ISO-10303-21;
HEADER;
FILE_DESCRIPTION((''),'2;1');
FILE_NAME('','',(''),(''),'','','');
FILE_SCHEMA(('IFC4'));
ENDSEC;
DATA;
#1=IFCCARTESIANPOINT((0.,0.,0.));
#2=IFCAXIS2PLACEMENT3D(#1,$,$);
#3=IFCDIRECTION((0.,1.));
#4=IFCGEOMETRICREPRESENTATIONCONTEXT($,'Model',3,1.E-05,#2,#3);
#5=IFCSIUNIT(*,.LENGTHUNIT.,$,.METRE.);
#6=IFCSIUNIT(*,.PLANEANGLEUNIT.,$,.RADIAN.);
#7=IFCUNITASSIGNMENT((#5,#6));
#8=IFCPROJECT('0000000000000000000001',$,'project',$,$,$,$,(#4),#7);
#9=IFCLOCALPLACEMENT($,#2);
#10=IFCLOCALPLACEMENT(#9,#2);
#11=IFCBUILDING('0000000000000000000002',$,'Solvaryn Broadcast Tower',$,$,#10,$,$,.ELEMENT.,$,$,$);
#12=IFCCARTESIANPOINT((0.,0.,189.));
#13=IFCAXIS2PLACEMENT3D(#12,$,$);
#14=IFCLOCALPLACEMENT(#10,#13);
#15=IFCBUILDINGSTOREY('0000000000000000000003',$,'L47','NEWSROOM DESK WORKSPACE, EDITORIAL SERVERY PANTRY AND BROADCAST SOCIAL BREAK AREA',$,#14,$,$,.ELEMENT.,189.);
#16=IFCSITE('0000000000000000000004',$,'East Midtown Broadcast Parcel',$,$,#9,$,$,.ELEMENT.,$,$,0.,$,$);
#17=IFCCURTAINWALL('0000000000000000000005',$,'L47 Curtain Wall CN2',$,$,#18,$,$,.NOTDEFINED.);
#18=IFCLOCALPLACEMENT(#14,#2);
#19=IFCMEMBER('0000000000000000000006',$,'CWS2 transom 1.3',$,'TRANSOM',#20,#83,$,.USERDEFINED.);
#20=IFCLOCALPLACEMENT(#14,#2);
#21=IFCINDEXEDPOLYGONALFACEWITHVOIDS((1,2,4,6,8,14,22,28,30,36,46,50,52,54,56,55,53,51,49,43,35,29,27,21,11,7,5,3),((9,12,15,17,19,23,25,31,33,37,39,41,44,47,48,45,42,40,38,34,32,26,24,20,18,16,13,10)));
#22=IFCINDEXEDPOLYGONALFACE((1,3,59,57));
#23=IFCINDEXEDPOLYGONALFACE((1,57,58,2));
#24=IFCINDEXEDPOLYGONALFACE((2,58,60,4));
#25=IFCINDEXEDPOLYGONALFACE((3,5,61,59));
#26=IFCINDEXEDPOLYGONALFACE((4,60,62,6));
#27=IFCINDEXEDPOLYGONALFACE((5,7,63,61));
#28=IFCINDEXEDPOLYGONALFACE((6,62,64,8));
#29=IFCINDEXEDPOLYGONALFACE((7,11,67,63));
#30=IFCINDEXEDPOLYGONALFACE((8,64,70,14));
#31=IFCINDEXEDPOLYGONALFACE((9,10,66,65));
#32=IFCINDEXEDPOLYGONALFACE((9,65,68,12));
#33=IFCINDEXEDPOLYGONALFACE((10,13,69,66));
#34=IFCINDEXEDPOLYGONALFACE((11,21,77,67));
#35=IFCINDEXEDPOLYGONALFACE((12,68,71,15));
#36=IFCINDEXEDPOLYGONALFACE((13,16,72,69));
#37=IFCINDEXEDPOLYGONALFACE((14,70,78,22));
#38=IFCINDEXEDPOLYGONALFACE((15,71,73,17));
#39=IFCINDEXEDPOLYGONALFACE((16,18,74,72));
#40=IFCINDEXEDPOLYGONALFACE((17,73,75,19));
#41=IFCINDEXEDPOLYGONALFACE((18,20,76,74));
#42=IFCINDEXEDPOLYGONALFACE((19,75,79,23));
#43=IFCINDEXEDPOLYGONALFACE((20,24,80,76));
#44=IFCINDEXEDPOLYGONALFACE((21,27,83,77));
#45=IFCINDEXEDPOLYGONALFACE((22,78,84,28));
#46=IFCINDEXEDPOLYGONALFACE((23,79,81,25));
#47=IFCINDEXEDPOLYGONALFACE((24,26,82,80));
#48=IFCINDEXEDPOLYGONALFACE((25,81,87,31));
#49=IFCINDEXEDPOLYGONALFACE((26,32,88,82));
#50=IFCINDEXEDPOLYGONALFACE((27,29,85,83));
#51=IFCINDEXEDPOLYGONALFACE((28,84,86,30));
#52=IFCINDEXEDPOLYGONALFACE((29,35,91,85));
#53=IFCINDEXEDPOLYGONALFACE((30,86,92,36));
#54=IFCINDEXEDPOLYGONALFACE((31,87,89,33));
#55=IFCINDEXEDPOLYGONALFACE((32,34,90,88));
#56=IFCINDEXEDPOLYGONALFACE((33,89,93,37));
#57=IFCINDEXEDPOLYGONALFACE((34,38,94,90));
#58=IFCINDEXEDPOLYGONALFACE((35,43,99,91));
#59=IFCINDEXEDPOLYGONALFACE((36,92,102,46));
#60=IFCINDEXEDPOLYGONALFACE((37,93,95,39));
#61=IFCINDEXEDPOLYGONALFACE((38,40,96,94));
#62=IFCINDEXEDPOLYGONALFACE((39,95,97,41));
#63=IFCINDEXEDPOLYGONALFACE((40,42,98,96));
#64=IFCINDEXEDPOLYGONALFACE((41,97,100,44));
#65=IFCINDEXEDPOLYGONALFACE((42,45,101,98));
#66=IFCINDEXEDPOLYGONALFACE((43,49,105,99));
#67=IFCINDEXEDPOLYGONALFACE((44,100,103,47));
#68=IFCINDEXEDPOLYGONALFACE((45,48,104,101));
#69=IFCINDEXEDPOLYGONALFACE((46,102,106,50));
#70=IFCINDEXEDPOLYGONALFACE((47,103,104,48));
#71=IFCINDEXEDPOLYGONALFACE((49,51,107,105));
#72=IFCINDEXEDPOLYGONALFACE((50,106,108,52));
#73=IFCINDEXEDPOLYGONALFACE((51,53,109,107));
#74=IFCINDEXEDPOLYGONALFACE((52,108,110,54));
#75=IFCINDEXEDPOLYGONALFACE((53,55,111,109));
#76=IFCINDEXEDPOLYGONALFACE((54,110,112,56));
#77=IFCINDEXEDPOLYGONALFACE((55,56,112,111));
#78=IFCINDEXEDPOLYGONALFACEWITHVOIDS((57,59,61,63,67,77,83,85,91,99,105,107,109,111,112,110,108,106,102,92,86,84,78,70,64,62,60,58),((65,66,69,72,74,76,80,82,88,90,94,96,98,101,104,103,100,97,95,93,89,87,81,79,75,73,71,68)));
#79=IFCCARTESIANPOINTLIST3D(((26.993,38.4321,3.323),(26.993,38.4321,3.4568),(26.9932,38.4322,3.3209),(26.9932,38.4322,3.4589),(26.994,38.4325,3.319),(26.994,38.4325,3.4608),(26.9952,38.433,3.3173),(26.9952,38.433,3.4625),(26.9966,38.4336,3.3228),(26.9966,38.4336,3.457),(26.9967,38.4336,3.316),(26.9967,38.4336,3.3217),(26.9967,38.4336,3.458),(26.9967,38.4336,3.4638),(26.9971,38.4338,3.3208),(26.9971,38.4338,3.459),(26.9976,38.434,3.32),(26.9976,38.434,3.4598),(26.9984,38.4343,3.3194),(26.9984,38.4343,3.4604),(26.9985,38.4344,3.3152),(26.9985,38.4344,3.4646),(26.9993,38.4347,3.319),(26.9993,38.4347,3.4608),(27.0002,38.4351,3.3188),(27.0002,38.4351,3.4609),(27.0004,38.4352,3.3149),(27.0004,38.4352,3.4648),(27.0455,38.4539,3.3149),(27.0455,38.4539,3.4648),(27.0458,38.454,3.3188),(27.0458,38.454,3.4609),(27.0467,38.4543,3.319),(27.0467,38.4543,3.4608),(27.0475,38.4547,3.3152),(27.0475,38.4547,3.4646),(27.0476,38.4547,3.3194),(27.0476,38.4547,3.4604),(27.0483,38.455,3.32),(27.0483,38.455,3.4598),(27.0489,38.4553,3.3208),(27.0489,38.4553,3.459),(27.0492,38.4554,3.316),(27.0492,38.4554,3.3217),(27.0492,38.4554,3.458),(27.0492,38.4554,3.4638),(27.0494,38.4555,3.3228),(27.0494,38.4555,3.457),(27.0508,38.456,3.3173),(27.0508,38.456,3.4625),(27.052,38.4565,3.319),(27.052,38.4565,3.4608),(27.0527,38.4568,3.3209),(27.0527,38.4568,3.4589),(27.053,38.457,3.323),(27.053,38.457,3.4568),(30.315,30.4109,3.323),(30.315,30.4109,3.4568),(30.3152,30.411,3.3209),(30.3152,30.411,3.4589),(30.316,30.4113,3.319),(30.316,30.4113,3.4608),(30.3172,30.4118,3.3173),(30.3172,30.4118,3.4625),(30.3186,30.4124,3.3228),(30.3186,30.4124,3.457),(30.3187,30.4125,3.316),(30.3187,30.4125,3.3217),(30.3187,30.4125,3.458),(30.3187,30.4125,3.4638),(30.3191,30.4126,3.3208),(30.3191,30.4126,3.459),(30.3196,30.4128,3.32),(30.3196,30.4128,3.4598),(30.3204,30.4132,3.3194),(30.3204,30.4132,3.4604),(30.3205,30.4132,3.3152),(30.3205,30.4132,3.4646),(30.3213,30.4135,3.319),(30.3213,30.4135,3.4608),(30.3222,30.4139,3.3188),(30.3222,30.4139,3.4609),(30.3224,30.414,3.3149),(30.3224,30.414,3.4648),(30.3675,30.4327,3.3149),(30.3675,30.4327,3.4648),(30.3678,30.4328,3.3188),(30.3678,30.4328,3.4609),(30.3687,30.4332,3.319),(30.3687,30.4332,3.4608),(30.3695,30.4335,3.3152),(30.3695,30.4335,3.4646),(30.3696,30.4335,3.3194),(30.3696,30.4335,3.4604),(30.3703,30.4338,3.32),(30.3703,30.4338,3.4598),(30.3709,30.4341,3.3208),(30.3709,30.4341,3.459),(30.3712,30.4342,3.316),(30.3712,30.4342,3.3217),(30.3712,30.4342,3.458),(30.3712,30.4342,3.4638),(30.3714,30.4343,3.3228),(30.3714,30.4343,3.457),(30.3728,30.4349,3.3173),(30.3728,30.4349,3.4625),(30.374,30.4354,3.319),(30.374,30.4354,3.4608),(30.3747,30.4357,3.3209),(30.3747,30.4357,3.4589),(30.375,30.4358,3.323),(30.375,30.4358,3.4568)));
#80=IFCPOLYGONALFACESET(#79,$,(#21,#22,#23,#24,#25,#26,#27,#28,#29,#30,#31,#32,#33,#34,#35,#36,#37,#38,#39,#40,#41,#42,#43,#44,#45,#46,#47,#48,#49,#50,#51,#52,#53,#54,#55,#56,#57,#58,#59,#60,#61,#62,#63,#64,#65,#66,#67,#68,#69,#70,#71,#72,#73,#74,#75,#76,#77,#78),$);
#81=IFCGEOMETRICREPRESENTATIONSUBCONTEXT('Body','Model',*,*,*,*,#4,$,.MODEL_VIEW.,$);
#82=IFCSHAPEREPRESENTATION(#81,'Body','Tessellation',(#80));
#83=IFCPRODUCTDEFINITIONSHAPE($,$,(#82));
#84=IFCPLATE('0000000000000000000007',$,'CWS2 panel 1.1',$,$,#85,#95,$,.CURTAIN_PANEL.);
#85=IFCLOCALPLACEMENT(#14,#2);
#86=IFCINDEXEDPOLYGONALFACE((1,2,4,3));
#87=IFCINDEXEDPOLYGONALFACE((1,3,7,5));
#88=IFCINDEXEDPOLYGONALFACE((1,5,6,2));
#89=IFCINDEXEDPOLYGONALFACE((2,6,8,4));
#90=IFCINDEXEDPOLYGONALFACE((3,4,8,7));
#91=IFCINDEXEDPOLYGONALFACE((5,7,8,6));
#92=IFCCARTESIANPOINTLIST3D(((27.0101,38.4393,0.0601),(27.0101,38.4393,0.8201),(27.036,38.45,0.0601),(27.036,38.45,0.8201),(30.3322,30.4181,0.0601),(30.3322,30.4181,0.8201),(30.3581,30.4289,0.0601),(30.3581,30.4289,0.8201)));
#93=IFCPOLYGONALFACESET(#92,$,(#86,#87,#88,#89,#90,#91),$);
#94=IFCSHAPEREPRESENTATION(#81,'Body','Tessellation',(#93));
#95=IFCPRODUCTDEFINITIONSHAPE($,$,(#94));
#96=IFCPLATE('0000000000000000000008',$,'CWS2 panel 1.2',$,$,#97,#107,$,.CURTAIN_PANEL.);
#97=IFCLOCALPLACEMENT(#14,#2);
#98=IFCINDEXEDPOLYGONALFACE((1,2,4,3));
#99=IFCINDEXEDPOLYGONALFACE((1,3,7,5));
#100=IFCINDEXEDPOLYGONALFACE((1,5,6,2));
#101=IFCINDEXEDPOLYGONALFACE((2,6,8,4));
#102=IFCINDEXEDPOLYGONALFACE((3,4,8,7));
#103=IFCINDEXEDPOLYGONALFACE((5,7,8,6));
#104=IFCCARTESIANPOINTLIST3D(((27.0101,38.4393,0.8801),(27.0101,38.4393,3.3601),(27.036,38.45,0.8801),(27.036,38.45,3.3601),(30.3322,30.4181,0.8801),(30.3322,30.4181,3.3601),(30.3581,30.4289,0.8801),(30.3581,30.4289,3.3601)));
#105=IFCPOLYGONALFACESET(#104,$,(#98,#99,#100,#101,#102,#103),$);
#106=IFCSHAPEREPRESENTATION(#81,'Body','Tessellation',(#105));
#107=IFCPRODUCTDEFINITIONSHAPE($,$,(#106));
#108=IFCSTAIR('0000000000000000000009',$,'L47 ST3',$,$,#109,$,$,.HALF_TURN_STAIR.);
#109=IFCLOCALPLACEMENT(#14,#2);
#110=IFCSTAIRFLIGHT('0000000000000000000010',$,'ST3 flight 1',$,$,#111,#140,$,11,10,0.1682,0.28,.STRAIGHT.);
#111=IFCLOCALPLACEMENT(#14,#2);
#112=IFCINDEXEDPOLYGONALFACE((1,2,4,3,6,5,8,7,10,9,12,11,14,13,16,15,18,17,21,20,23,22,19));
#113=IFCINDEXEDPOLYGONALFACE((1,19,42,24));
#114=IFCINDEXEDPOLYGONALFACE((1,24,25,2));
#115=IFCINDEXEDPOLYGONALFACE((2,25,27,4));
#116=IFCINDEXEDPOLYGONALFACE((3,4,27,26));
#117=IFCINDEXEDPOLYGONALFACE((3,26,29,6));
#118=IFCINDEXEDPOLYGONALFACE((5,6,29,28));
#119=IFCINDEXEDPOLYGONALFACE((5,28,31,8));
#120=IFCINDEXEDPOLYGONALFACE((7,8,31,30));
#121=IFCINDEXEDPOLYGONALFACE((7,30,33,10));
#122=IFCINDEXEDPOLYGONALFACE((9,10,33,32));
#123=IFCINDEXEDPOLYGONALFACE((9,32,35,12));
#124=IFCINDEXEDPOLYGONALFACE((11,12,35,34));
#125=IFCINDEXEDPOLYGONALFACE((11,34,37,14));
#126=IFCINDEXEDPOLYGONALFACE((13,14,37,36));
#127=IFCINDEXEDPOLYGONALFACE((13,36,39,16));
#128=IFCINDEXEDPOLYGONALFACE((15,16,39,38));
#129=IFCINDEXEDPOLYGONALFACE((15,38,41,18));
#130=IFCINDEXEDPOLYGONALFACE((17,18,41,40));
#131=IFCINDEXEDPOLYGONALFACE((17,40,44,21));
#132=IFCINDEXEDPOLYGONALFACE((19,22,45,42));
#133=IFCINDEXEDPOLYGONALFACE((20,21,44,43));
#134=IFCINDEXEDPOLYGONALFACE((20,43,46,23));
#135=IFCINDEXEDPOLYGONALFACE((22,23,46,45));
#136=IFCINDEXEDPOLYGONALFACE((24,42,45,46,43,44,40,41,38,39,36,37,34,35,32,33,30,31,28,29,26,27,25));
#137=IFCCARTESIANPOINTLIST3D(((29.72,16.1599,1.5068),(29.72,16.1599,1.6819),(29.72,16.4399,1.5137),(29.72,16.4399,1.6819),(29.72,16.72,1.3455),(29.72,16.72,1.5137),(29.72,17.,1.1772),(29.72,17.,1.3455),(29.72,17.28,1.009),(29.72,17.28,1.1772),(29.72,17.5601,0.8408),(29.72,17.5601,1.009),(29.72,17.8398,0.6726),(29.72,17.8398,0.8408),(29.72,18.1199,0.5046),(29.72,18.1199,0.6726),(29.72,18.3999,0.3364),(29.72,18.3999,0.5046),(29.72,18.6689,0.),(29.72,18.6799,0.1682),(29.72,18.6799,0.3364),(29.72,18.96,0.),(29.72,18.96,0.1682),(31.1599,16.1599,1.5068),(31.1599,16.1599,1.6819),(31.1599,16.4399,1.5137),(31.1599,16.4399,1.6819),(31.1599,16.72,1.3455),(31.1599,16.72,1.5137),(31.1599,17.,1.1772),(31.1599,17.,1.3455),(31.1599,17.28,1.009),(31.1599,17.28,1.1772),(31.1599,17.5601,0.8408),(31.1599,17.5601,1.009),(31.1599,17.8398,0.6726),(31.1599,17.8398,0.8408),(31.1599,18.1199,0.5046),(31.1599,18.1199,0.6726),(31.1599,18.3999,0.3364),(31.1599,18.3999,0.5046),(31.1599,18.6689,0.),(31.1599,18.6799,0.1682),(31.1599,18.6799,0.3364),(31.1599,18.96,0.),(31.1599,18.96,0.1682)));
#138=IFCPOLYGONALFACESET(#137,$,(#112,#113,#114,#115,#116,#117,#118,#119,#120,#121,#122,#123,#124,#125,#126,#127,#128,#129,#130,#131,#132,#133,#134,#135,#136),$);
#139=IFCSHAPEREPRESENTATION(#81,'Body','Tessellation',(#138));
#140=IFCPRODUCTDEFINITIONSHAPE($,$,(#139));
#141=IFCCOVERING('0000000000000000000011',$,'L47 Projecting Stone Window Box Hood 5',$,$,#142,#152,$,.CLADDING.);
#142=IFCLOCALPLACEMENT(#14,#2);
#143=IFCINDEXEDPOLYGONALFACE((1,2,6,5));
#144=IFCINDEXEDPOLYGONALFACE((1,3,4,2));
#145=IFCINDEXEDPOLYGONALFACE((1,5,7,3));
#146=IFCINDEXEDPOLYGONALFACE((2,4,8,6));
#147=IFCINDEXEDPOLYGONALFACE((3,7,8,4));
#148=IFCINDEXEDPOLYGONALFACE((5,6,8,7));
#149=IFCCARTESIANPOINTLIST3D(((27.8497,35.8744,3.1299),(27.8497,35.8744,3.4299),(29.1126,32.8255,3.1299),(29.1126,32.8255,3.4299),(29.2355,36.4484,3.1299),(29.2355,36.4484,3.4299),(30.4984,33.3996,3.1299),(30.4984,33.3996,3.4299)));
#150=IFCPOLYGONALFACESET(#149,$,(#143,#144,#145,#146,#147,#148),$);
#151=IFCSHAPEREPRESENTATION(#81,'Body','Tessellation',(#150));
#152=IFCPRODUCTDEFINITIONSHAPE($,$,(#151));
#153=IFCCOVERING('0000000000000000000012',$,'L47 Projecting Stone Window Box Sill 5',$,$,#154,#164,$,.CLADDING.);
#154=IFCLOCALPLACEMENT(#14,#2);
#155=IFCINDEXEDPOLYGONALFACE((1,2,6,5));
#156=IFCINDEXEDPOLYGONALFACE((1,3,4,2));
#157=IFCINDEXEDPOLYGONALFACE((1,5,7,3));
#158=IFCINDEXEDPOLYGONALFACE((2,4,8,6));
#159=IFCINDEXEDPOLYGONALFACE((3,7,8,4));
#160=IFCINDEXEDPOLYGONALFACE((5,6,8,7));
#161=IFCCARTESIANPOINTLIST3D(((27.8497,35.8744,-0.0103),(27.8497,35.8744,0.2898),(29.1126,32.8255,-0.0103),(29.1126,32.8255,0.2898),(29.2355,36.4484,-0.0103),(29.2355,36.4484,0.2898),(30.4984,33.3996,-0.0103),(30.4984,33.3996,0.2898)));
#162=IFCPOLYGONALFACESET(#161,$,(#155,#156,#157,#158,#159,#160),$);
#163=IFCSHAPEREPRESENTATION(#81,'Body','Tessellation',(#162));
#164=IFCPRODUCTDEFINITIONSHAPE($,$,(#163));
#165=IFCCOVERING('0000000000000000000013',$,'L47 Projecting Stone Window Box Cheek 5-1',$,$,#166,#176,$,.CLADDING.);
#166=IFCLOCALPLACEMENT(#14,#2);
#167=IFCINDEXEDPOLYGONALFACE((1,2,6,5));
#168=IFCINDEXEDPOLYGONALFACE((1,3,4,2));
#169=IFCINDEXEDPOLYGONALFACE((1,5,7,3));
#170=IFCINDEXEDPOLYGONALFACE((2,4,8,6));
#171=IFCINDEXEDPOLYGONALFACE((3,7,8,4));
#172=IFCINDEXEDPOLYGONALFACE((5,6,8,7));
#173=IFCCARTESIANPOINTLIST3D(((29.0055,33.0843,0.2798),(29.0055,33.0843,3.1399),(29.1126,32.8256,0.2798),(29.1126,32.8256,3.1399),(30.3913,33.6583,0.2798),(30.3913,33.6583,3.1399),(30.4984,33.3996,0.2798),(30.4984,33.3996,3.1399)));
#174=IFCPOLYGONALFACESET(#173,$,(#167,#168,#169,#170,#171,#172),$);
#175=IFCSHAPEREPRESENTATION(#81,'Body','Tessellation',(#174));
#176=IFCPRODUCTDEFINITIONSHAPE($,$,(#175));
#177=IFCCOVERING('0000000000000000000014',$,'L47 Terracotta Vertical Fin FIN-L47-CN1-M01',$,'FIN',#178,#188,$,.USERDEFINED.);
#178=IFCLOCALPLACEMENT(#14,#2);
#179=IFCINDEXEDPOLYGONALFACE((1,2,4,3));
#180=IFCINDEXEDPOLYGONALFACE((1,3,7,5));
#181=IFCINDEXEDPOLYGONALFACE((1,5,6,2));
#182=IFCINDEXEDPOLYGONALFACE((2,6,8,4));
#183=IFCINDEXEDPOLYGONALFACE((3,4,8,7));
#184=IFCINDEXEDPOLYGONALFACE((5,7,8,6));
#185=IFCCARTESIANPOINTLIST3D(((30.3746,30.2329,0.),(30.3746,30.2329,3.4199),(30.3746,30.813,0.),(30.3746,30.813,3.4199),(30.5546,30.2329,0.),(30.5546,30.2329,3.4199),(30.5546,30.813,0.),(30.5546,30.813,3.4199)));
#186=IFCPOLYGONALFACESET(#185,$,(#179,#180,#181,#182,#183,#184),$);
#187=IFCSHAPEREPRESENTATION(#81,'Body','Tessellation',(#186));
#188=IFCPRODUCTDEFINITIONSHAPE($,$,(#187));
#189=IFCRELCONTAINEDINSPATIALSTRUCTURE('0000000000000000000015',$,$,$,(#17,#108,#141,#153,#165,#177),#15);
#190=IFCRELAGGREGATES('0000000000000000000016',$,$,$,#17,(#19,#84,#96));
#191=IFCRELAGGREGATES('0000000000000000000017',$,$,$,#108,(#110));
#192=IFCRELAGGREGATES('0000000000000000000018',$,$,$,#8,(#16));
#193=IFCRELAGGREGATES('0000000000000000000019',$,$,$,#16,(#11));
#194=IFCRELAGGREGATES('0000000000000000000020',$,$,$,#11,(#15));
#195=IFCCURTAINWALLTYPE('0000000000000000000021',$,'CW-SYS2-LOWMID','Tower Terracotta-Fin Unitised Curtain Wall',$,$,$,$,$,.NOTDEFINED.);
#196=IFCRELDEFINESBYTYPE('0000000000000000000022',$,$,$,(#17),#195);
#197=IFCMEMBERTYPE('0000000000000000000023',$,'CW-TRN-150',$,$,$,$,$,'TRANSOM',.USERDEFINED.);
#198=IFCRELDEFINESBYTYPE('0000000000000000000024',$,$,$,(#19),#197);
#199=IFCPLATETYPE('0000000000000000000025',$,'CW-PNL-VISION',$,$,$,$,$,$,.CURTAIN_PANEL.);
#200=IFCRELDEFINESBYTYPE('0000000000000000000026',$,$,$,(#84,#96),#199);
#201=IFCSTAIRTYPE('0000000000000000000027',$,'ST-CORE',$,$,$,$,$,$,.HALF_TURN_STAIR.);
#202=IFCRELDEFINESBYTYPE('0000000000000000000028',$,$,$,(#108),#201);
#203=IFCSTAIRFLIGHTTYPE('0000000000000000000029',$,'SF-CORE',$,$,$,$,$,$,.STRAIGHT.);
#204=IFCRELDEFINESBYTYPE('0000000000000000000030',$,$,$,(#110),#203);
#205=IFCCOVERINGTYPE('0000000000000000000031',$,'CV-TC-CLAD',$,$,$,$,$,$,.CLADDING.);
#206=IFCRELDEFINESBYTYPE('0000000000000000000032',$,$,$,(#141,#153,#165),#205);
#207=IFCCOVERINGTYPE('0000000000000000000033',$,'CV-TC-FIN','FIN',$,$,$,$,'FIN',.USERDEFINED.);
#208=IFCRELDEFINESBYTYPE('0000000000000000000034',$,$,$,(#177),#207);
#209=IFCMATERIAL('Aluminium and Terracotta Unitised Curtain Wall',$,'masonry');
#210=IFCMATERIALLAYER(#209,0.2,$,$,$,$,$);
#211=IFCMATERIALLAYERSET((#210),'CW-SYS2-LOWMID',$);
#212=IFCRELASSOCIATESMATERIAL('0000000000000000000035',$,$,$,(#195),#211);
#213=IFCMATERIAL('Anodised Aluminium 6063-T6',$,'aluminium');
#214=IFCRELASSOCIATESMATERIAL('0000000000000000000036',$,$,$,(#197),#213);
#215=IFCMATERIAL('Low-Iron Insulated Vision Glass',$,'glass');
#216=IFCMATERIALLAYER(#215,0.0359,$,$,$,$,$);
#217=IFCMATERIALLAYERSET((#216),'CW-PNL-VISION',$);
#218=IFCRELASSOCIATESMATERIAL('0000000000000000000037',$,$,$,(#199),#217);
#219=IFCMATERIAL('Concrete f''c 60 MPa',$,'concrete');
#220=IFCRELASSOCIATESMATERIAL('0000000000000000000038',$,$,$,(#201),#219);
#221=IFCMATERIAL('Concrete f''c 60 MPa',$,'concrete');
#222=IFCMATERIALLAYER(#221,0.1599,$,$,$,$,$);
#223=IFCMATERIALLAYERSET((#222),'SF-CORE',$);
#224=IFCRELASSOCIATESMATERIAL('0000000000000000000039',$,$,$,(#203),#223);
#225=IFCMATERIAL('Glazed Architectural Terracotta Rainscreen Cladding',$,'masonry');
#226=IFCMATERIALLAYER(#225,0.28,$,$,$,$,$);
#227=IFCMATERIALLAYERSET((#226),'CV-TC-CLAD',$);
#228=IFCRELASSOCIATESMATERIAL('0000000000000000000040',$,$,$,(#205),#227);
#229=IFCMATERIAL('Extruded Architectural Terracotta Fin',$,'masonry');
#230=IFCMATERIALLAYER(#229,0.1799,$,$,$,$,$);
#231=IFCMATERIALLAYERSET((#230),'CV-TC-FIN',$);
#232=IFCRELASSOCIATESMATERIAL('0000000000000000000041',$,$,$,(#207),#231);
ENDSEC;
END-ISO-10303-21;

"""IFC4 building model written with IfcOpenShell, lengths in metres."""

from ifc_helpers import new_model, si_unit, direction, frame, origin, origin_2d, place, context, subcontext, project, spatial, polyline, rectangle, hollow_rectangle, outline, extrude, material, layer, layer_set, material_profile, profile_set, type_object, element, aggregate, save


model = new_model("IFC4")

# Units and contexts
model_context = context("Model", 3, precision=1e-05, world=origin(), true_north=direction((0.0, 1.0)))
body_context = subcontext(model_context, "Body", "Model", "MODEL_VIEW")
ifc_project = project(units=[si_unit("LENGTHUNIT", "METRE"), si_unit("PLANEANGLEUNIT", "RADIAN")], contexts=[model_context])

# Site, building, storey
site_placement = place(None, origin())
site = spatial("IfcSite", under=ifc_project, at=site_placement, Name="East Midtown Broadcast Parcel", CompositionType="ELEMENT", RefElevation=0.0)
building_placement = place(site_placement, origin())
building = spatial("IfcBuilding", under=site, at=building_placement, Name="Solvaryn Broadcast Tower", CompositionType="ELEMENT")
storey_placement = place(building_placement, frame((0.0, 0.0, 189.0)))
storey = spatial("IfcBuildingStorey", under=building, at=storey_placement, Name="L47", Description="NEWSROOM DESK WORKSPACE, EDITORIAL SERVERY PANTRY AND BROADCAST SOCIAL BREAK AREA", CompositionType="ELEMENT", Elevation=189.0)

# Shared definitions
ifc_material_1 = material(Name="Aluminium and Terracotta Unitised Curtain Wall", Category="masonry")
ifc_layer_1 = layer(ifc_material_1, 0.2)
ifc_layer_set_1 = layer_set([ifc_layer_1], Name="CW-SYS2-LOWMID")
curtain_wall_type = type_object("IfcCurtainWallType", Name="CW-SYS2-LOWMID", Description="Tower Terracotta-Fin Unitised Curtain Wall", PredefinedType="NOTDEFINED", material=ifc_layer_set_1)

# Curtain wall, member, plates
curtain_wall_1_placement = place(storey_placement, origin())
curtain_wall_1 = element("IfcCurtainWall", 1, at=curtain_wall_1_placement, inside=storey, type_object=curtain_wall_type, Name="L47 Curtain Wall CN2", PredefinedType="NOTDEFINED")
ifc_material_2 = material(Name="Anodised Aluminium 6063-T6", Category="aluminium")
ifc_material_profile_1 = material_profile(ifc_material_2, hollow_rectangle(XDim=0.0649, YDim=0.1499, WallThickness=0.0039, InnerFilletRadius=0.0039, OuterFilletRadius=0.0081, at=origin_2d()))
ifc_profile_set_1 = profile_set([ifc_material_profile_1], Name="Anodised Aluminium 6063-T6")
member_type_1 = type_object("IfcMemberType", Name="CW-TRN-150", ElementType="TRANSOM", PredefinedType="USERDEFINED", material=ifc_profile_set_1)
member_1_placement = place(storey_placement, frame((30.345, 30.4233, 3.3899), z_axis=(-0.382636, 0.923899, 0.0), x_axis=(-0.923899, -0.382636, 0.0)))
member_1 = element("IfcMember", 2, at=member_1_placement, type_object=member_type_1, Name="CWS2 transom 1.3", ObjectType="TRANSOM", PredefinedType="USERDEFINED", context=body_context, shape_type="SweptSolid", body=[
    extrude(hollow_rectangle(XDim=0.0649, YDim=0.1499, WallThickness=0.0039, InnerFilletRadius=0.0039, OuterFilletRadius=0.0081, at=origin_2d()), origin(), (0.0, 0.0, 1.0), 8.6819),
])
ifc_material_3 = material(Name="Low-Iron Insulated Vision Glass", Category="glass")
ifc_layer_2 = layer(ifc_material_3, 0.0359)
ifc_layer_set_2 = layer_set([ifc_layer_2], Name="CW-PNL-VISION")
plate_type = type_object("IfcPlateType", Name="CW-PNL-VISION", PredefinedType="CURTAIN_PANEL", material=ifc_layer_set_2)
plate_1_placement = place(storey_placement, frame((28.6841, 34.4341, 0.0601), z_axis=(0.0, 0.0, 1.0), x_axis=(-0.382646, 0.923895, 0.0)))
plate_1 = element("IfcPlate", 3, at=plate_1_placement, type_object=plate_type, Name="CWS2 panel 1.1", PredefinedType="CURTAIN_PANEL", context=body_context, shape_type="SweptSolid", body=[
    extrude(rectangle(XDim=8.6819, YDim=0.0281, at=origin_2d()), origin(), (0.0, 0.0, 1.0), 0.76),
])
plate_2_placement = place(storey_placement, frame((28.6841, 34.4341, 0.8801), z_axis=(0.0, 0.0, 1.0), x_axis=(-0.382646, 0.923895, 0.0)))
plate_2 = element("IfcPlate", 4, at=plate_2_placement, type_object=plate_type, Name="CWS2 panel 1.2", PredefinedType="CURTAIN_PANEL", context=body_context, shape_type="SweptSolid", body=[
    extrude(rectangle(XDim=8.6819, YDim=0.0281, at=origin_2d()), origin(), (0.0, 0.0, 1.0), 2.48),
])
aggregate(curtain_wall_1, [member_1, plate_1, plate_2])

# Stair, stair flight
ifc_material_4 = material(Name="Concrete f'c 60 MPa", Category="concrete")
stair_type = type_object("IfcStairType", Name="ST-CORE", PredefinedType="HALF_TURN_STAIR", material=ifc_material_4)
stair_placement = place(storey_placement, origin())
stair = element("IfcStair", 5, at=stair_placement, inside=storey, type_object=stair_type, Name="L47 ST3", PredefinedType="HALF_TURN_STAIR")
ifc_material_5 = material(Name="Concrete f'c 60 MPa", Category="concrete")
ifc_layer_3 = layer(ifc_material_5, 0.1599)
ifc_layer_set_3 = layer_set([ifc_layer_3], Name="SF-CORE")
stair_flight_type = type_object("IfcStairFlightType", Name="SF-CORE", PredefinedType="STRAIGHT", material=ifc_layer_set_3)
stair_flight_placement = place(storey_placement, frame((30.4399, 18.96, 0.0), z_axis=(0.0, 0.0, 1.0), x_axis=(0.0, -1.0, 0.0)))
stair_flight = element("IfcStairFlight", 6, at=stair_flight_placement, type_object=stair_flight_type, Name="ST3 flight 1", NumberOfRisers=11, NumberOfTreads=10, PredefinedType="STRAIGHT", RiserHeight=0.1682, TreadLength=0.28, context=body_context, shape_type="SweptSolid", body=[
    extrude(outline(polyline([(0.0, 0.0), (0.0, 0.1682), (0.28, 0.1682), (0.28, 0.3364), (0.5601, 0.3364), (0.5601, 0.5046), (0.8401, 0.5046), (0.8401, 0.6726), (1.1201, 0.6726), (1.1201, 0.8408), (1.3999, 0.8408), (1.3999, 1.009), (1.6799, 1.009), (1.6799, 1.1772), (1.96, 1.1772), (1.96, 1.3455), (2.24, 1.3455), (2.24, 1.5137), (2.52, 1.5137), (2.52, 1.6819), (2.8, 1.6819), (2.8, 1.8501), (2.8, 1.5068), (0.291, 0.0), (0.0, 0.0)])), frame((0.0, 0.72, 0.0), z_axis=(0.0, -1.0, 0.0), x_axis=(1.0, 0.0, 0.0)), (0.0, 0.0, 1.0), 1.4399),
])
aggregate(stair, [stair_flight])

# Coverings
ifc_material_6 = material(Name="Glazed Architectural Terracotta Rainscreen Cladding", Category="masonry")
ifc_layer_4 = layer(ifc_material_6, 0.28)
ifc_layer_set_4 = layer_set([ifc_layer_4], Name="CV-TC-CLAD")
covering_type_1 = type_object("IfcCoveringType", Name="CV-TC-CLAD", PredefinedType="CLADDING", material=ifc_layer_set_4)
for number, where, z_axis, x_axis, name in (
    (7, (29.1741, 34.637, 3.1299), (0.0, 0.0, 1.0), (-0.382683, 0.92388, 0.0), "L47 Projecting Stone Window Box Hood 5"),
    (8, (29.1741, 34.637, -0.0103), (0.0, 0.0, 1.0), (-0.382683, 0.92388, 0.0), "L47 Projecting Stone Window Box Sill 5"),
):
    element("IfcCovering", number, at=place(storey_placement, frame(where, z_axis=z_axis, x_axis=x_axis)), inside=storey, type_object=covering_type_1, Name=name, PredefinedType="CLADDING", context=body_context, shape_type="SweptSolid", body=[
        extrude(rectangle(XDim=3.3, YDim=1.5, at=origin_2d()), origin(), (0.0, 0.0, 1.0), 0.3),
    ])
covering_1_placement = place(storey_placement, frame((29.752, 33.2419, 0.2798), z_axis=(0.0, 0.0, 1.0), x_axis=(-0.382683, 0.92388, 0.0)))
element("IfcCovering", 9, at=covering_1_placement, inside=storey, type_object=covering_type_1, Name="L47 Projecting Stone Window Box Cheek 5-1", PredefinedType="CLADDING", context=body_context, shape_type="SweptSolid", body=[
    extrude(rectangle(XDim=0.28, YDim=1.5, at=origin_2d()), origin(), (0.0, 0.0, 1.0), 2.8601),
])
ifc_material_7 = material(Name="Extruded Architectural Terracotta Fin", Category="masonry")
ifc_layer_5 = layer(ifc_material_7, 0.1799)
ifc_layer_set_5 = layer_set([ifc_layer_5], Name="CV-TC-FIN")
covering_type_2 = type_object("IfcCoveringType", Name="CV-TC-FIN", Description="FIN", ElementType="FIN", PredefinedType="USERDEFINED", material=ifc_layer_set_5)
covering_2_placement = place(storey_placement, frame((30.4646, 30.5229, 0.0), z_axis=(0.0, 0.0, 1.0), x_axis=(1.0, 0.0, 0.0)))
element("IfcCovering", 10, at=covering_2_placement, inside=storey, type_object=covering_type_2, Name="L47 Terracotta Vertical Fin FIN-L47-CN1-M01", ObjectType="FIN", PredefinedType="USERDEFINED", context=body_context, shape_type="SweptSolid", body=[
    extrude(rectangle(XDim=0.1799, YDim=0.5801, at=origin_2d()), origin(), (0.0, 0.0, 1.0), 3.4199),
])

save(model, "model.ifc")
